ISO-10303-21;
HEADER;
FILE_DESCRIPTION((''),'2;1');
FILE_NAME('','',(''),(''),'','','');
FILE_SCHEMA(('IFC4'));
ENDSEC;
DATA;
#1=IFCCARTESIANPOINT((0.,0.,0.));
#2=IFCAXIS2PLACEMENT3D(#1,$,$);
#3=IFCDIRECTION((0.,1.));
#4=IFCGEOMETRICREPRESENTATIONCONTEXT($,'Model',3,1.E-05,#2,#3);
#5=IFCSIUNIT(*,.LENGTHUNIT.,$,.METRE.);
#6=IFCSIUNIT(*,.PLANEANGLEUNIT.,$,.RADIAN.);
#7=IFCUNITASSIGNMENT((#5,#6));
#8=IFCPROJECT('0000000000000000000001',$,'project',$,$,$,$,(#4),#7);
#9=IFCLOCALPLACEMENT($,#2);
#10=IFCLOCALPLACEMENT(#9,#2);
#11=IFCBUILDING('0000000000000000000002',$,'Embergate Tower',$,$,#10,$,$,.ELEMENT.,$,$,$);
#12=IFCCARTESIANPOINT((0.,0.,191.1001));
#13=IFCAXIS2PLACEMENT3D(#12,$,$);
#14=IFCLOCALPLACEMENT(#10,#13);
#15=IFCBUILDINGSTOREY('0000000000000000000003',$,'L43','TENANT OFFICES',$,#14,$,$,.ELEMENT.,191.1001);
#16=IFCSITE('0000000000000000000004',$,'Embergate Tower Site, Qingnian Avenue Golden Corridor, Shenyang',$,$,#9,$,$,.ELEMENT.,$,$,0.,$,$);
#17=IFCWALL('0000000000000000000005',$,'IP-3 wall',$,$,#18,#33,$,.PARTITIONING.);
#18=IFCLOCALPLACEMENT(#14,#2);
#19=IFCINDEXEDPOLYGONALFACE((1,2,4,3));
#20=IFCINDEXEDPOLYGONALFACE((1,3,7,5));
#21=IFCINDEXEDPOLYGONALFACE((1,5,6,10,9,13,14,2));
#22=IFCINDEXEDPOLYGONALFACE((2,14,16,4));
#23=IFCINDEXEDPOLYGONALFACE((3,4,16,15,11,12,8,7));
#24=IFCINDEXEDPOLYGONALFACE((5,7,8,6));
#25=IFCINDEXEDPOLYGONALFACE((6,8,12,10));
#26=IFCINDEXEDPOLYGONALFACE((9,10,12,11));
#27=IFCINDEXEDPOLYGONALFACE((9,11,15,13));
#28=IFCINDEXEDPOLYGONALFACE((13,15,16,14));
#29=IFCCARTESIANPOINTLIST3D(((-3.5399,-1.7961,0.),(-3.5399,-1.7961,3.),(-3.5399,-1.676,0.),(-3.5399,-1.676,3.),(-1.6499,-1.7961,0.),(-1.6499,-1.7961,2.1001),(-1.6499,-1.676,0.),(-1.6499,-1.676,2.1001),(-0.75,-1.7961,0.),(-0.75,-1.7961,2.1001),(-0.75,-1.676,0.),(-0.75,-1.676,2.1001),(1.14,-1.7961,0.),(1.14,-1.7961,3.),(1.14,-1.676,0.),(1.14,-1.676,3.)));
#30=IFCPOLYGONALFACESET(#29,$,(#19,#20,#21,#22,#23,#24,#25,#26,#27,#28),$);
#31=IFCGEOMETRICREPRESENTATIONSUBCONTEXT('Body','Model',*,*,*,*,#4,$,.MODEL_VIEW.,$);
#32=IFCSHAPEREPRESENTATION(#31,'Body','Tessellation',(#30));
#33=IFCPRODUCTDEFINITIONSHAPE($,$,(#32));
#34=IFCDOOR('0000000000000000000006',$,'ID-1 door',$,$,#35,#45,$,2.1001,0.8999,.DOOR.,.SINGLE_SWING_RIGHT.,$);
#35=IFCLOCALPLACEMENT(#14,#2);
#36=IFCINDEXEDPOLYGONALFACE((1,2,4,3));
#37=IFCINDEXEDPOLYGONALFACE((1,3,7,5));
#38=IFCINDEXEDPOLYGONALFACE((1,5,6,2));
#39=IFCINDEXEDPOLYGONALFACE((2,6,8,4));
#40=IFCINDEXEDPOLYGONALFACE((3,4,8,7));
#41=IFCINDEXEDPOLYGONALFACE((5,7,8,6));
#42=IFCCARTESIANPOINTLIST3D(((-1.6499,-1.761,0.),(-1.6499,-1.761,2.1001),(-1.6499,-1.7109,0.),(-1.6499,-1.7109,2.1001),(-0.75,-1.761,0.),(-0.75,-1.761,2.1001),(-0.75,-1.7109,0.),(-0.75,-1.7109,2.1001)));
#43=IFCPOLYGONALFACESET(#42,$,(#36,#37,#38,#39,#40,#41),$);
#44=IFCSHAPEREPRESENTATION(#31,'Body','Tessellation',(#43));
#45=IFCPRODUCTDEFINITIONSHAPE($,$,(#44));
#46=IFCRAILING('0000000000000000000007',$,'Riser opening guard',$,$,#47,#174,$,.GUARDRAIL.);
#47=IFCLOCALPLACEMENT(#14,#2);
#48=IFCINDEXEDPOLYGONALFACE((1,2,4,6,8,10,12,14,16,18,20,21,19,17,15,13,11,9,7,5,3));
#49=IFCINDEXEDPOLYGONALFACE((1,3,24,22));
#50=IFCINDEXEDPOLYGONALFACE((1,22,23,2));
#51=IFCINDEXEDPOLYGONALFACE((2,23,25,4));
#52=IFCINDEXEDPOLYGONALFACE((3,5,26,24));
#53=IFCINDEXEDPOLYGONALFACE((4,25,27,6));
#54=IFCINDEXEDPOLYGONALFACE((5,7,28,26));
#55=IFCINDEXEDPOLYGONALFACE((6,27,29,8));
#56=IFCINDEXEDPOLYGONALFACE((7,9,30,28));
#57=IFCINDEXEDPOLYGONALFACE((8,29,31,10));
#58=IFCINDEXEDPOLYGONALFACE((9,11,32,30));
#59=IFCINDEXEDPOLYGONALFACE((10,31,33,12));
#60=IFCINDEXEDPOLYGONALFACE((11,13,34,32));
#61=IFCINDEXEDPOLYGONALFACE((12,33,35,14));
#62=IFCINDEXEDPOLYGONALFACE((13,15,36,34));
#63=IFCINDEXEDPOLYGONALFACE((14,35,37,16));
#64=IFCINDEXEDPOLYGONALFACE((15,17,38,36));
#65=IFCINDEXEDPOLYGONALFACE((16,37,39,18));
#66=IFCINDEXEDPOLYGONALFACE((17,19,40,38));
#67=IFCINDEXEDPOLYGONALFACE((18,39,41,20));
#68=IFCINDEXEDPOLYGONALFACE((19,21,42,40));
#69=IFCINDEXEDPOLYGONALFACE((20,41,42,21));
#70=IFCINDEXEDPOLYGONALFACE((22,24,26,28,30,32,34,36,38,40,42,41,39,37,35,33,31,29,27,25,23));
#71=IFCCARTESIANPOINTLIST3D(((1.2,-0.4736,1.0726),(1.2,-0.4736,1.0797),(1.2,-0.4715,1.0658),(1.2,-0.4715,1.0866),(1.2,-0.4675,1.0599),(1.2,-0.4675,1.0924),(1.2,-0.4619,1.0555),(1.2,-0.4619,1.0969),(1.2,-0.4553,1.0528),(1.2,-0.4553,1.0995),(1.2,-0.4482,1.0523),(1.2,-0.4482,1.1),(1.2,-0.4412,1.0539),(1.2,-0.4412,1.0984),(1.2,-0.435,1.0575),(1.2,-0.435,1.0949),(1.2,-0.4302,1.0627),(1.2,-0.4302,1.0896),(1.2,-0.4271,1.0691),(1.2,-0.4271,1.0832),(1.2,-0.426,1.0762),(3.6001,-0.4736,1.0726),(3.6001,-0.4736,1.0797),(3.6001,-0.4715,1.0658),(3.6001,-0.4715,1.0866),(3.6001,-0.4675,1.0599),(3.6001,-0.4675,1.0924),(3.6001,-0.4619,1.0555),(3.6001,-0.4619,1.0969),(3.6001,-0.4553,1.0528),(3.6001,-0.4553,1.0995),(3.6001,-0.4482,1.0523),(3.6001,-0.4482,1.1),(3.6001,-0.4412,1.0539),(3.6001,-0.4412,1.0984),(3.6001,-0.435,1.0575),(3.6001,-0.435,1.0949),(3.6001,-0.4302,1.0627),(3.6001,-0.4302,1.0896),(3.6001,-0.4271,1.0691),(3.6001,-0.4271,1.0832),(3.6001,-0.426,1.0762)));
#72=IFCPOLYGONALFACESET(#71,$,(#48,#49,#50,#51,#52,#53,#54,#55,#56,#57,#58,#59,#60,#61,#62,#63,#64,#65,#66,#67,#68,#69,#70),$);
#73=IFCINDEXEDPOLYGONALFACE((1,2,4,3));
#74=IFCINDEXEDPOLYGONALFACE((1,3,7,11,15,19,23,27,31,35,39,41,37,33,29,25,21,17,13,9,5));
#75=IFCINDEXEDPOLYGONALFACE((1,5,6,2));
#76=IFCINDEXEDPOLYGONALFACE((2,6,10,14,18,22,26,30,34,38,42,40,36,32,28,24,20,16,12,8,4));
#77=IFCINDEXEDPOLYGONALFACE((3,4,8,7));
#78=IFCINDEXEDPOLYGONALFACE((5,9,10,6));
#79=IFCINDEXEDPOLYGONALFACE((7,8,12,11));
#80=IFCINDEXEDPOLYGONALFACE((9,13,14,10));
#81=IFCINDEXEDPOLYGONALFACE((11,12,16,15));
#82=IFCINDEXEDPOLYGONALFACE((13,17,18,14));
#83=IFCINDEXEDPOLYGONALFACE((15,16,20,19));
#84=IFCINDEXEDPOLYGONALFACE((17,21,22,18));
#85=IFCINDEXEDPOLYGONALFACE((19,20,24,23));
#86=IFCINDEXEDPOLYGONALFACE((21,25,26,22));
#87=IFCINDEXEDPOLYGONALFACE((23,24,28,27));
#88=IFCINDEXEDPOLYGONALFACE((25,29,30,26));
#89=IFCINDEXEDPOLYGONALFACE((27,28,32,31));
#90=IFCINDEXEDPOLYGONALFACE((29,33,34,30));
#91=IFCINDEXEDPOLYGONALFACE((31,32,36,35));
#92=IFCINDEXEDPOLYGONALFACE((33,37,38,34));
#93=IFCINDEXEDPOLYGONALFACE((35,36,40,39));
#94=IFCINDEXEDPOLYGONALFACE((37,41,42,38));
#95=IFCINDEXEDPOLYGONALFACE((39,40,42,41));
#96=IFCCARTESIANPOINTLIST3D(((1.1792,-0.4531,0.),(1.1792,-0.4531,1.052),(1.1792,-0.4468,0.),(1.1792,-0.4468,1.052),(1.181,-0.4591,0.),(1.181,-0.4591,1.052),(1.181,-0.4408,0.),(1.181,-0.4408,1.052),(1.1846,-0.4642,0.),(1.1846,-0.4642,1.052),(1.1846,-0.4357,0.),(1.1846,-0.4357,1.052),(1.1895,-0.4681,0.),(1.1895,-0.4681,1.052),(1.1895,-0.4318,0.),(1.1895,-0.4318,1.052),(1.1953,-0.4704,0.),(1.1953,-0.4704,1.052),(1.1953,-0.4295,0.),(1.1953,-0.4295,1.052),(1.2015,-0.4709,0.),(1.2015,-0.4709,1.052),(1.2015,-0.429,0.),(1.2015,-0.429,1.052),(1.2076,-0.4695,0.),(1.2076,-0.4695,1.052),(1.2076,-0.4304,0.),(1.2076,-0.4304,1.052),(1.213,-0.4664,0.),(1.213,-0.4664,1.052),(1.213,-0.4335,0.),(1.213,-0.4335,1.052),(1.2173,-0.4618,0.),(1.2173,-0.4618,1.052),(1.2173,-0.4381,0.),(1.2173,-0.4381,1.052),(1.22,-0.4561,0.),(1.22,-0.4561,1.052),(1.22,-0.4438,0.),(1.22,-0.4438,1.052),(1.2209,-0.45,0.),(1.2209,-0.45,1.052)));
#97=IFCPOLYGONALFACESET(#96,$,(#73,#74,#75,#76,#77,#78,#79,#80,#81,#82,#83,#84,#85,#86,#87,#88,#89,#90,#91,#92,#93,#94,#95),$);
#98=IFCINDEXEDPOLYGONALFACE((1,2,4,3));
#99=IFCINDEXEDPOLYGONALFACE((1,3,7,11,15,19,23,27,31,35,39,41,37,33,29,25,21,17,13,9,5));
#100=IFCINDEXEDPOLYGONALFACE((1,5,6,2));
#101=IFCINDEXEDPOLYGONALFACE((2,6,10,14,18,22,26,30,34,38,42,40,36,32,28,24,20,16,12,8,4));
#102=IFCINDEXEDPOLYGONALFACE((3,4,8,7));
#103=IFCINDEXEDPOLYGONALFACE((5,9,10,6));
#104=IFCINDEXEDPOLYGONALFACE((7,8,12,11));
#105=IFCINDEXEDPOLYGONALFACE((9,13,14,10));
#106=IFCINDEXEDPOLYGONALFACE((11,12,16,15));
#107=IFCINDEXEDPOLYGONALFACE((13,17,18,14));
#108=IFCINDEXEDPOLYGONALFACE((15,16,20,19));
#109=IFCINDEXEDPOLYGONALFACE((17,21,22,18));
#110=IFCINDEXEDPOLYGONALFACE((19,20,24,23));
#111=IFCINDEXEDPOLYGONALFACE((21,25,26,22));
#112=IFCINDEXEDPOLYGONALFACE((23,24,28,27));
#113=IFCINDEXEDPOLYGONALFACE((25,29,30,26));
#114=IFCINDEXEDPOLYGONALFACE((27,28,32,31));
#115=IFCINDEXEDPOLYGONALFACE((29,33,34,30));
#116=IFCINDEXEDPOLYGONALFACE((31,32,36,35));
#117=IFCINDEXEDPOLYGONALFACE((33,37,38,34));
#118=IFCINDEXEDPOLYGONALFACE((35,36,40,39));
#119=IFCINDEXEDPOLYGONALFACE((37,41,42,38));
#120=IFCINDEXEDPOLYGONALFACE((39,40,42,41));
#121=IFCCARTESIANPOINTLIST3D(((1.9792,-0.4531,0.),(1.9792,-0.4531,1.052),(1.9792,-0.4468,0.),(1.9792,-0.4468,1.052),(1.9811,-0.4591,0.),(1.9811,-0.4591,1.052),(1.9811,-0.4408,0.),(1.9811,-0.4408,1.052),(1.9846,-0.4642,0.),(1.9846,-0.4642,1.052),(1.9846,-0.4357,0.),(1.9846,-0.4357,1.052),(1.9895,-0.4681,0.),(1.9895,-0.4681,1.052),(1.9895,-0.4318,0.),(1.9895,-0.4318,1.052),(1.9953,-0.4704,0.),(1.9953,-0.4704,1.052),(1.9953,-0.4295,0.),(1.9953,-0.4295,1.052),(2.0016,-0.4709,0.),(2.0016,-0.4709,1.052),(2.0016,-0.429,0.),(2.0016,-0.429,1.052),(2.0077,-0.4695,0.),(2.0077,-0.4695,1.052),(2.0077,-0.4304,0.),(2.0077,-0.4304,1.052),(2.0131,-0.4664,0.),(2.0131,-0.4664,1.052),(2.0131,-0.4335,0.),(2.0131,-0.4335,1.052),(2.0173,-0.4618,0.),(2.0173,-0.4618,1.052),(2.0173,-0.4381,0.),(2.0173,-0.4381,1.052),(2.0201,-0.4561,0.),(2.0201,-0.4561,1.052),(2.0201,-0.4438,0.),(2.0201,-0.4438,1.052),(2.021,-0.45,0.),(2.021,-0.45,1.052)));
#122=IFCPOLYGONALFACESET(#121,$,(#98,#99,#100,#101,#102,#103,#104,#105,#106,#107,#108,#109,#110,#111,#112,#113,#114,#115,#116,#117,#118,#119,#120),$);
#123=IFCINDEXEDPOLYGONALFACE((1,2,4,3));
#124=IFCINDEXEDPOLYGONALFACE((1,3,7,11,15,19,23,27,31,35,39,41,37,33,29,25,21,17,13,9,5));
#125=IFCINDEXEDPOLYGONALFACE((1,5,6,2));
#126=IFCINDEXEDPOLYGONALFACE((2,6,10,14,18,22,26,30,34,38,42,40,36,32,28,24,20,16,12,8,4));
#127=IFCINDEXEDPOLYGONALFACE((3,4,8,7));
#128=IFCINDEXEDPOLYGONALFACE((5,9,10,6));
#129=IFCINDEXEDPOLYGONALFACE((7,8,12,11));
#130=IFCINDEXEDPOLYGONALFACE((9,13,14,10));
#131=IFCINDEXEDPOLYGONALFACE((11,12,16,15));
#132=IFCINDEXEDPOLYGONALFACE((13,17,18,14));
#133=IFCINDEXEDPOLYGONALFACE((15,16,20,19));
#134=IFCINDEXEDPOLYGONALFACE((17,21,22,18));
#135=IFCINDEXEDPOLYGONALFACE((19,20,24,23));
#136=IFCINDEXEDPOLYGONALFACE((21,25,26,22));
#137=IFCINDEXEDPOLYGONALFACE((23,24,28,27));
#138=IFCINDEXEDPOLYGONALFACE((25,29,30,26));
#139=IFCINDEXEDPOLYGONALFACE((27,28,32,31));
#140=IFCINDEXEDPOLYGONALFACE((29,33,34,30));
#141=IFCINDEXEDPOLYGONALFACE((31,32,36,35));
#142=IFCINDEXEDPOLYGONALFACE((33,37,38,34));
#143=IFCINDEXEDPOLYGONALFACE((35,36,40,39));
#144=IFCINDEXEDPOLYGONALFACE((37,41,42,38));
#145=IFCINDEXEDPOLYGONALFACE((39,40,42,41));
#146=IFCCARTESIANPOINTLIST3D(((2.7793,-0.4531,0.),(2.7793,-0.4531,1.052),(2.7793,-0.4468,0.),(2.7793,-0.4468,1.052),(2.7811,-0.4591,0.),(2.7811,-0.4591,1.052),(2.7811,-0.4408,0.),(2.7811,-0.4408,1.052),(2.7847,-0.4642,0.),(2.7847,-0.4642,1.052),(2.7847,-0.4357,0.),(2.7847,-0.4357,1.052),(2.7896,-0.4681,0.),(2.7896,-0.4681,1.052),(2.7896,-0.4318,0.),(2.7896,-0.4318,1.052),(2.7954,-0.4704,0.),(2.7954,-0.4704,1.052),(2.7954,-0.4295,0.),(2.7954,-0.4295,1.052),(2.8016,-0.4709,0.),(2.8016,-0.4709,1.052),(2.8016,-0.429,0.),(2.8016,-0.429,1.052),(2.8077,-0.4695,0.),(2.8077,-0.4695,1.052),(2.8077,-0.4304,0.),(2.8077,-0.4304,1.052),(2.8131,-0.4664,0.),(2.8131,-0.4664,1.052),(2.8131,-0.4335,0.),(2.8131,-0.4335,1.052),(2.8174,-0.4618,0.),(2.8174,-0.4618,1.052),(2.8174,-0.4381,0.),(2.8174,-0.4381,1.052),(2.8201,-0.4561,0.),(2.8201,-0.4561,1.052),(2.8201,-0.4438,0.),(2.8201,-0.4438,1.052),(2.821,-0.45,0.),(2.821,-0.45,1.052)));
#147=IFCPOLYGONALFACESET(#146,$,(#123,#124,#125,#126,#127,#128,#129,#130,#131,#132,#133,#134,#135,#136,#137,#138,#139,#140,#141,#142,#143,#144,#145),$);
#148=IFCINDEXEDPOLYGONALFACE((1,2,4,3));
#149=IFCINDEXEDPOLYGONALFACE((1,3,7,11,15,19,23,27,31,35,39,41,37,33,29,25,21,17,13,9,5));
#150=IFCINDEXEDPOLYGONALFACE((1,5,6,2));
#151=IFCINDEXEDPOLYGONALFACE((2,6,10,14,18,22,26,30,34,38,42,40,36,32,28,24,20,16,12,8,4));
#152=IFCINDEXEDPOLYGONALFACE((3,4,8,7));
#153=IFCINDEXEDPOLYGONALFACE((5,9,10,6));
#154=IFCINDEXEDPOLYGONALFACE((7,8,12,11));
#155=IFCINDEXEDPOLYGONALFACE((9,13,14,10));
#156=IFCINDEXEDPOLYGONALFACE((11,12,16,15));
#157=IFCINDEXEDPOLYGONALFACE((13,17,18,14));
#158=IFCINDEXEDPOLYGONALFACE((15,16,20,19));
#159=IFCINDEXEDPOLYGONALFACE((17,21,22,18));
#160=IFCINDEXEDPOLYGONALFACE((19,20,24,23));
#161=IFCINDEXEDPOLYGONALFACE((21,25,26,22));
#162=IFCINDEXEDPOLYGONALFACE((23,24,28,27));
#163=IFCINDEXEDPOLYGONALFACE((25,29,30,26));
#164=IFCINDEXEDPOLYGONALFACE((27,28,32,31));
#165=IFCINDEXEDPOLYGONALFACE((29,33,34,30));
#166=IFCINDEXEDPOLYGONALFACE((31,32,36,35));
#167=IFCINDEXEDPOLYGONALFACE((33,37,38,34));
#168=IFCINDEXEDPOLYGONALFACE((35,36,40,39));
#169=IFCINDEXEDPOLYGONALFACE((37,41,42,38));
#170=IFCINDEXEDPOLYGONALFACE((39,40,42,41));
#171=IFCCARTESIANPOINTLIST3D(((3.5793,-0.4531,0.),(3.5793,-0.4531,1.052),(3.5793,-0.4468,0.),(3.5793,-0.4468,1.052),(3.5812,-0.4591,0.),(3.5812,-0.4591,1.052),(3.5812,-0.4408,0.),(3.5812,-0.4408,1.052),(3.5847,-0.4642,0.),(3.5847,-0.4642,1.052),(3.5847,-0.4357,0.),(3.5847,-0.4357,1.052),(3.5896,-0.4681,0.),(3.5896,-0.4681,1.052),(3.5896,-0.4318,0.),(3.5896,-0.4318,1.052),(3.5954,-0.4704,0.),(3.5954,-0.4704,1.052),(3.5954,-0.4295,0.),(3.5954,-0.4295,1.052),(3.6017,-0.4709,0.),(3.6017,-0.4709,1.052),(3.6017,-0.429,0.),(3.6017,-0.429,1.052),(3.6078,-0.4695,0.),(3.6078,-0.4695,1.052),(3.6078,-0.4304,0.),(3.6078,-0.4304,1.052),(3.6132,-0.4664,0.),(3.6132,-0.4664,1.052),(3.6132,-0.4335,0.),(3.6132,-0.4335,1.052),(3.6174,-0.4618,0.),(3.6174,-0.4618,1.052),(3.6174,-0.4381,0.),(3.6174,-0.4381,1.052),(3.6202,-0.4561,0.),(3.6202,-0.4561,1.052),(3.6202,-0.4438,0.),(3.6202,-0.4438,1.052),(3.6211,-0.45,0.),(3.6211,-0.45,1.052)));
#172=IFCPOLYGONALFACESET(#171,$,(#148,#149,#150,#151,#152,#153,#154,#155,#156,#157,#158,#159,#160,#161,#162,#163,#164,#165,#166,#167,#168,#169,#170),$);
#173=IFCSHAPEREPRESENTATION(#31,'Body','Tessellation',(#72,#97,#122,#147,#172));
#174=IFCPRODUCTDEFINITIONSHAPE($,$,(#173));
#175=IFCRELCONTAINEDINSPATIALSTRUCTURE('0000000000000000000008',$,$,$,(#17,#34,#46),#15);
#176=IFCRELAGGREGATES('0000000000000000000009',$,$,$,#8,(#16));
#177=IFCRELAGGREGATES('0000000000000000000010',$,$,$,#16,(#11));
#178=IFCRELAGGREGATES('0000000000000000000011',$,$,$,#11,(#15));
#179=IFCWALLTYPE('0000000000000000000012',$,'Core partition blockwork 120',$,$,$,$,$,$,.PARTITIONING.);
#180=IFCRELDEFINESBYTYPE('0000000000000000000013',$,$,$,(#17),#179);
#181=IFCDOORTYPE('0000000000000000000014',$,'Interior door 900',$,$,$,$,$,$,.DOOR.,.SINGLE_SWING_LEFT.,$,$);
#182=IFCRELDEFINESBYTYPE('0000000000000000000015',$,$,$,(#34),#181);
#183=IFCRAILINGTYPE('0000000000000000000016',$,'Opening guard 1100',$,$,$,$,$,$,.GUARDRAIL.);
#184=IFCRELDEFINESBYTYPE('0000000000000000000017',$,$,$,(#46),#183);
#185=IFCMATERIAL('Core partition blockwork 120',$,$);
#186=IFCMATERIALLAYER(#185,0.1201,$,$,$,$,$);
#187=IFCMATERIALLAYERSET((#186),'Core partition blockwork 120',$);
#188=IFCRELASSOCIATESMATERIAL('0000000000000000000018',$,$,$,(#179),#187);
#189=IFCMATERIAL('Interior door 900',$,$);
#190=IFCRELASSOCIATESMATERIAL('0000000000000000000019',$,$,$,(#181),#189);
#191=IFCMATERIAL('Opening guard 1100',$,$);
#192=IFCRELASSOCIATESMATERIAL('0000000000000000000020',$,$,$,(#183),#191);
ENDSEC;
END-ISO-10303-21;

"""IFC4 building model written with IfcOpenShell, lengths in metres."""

from ifc_helpers import new_model, si_unit, direction, frame, frame_2d, origin, origin_2d, place, context, subcontext, project, spatial, rectangle, circle, extrude, source, transform, mapped, material, layer, layer_set, type_object, element, fill, save


model = new_model("IFC4")

# Units and contexts
model_context = context("Model", 3, precision=1e-05, world=origin(), true_north=direction((0.0, 1.0)))
body_context = subcontext(model_context, "Body", "Model", "MODEL_VIEW")
ifc_project = project(units=[si_unit("LENGTHUNIT", "METRE"), si_unit("PLANEANGLEUNIT", "RADIAN")], contexts=[model_context])

# Site, building, storey
site_placement = place(None, origin())
site = spatial("IfcSite", under=ifc_project, at=site_placement, Name="Embergate Tower Site, Qingnian Avenue Golden Corridor, Shenyang", CompositionType="ELEMENT", RefElevation=0.0)
building_placement = place(site_placement, origin())
building = spatial("IfcBuilding", under=site, at=building_placement, Name="Embergate Tower", CompositionType="ELEMENT")
storey_placement = place(building_placement, frame((0.0, 0.0, 191.1001)))
storey = spatial("IfcBuildingStorey", under=building, at=storey_placement, Name="L43", Description="TENANT OFFICES", CompositionType="ELEMENT", Elevation=191.1001)

# Shared definitions
ifc_material_1 = material(Name="Core partition blockwork 120")
ifc_layer_1 = layer(ifc_material_1, 0.1201)
ifc_layer_set_1 = layer_set([ifc_layer_1], Name="Core partition blockwork 120")
wall_type_1 = type_object("IfcWallType", Name="Core partition blockwork 120", PredefinedType="PARTITIONING", material=ifc_layer_set_1)

# Wall, opening, door
shared_shape_1 = source(origin(), body_context, "Body", "SweptSolid", [
    extrude(rectangle(XDim=0.8999, YDim=2.1001, at=frame_2d((0.45, 1.05))), frame((0.0, 0.0701, 0.0), z_axis=(0.0, -1.0, 0.0), x_axis=(1.0, 0.0, 0.0)), (0.0, 0.0, 1.0), 0.1401),
])
ifc_material_2 = material(Name="Interior door 900")
door_type_1 = type_object("IfcDoorType", Name="Interior door 900", OperationType="SINGLE_SWING_LEFT", PredefinedType="DOOR", material=ifc_material_2)
shared_shape_2 = source(origin(), body_context, "Body", "SweptSolid", [
    extrude(rectangle(XDim=0.8999, YDim=2.1001, at=frame_2d((0.45, 1.05))), frame((0.0, 0.0249, 0.0), z_axis=(0.0, -1.0, 0.0), x_axis=(1.0, 0.0, 0.0)), (0.0, 0.0, 1.0), 0.05),
])
shared_shape_3 = source(origin(), body_context, "Body", "SweptSolid", [
    extrude(rectangle(XDim=4.6799, YDim=0.1201, at=frame_2d((2.3398, 0.0))), origin(), (0.0, 0.0, 1.0), 3.0),
])
wall_1_placement = place(storey_placement, frame((1.1399, -1.7361, 0.0), z_axis=(0.0, 0.0, 1.0), x_axis=(-1.0, 0.0, 0.0)))
wall_1 = element("IfcWall", 1, at=wall_1_placement, inside=storey, type_object=wall_type_1, Name="IP-3 wall", PredefinedType="PARTITIONING", context=body_context, shape_type="MappedRepresentation", body=[
    mapped(shared_shape_3, transform((0.0, 0.0, 0.0))),
])
opening_1_placement = place(wall_1_placement, frame((1.8899, 0.0, 0.0)))
opening_1 = element("IfcOpeningElement", 2, at=opening_1_placement, cuts=wall_1, PredefinedType="OPENING", context=body_context, shape_type="MappedRepresentation", body=[
    mapped(shared_shape_1, transform((0.0, 0.0, 0.0))),
])
door_1_placement = place(opening_1_placement, origin())
door_1 = element("IfcDoor", 3, at=door_1_placement, inside=storey, type_object=door_type_1, Name="ID-1 door", OperationType="SINGLE_SWING_RIGHT", OverallHeight=2.1001, OverallWidth=0.8999, PredefinedType="DOOR", context=body_context, shape_type="MappedRepresentation", body=[
    mapped(shared_shape_2, transform((0.0, 0.0, 0.0))),
])
fill(opening_1, door_1)

# Railing
ifc_material_3 = material(Name="Opening guard 1100")
railing_type_1 = type_object("IfcRailingType", Name="Opening guard 1100", PredefinedType="GUARDRAIL", material=ifc_material_3)
shared_shape_4 = source(origin(), body_context, "Body", "SweptSolid", [
    extrude(circle(Radius=0.0239, at=origin_2d()), frame((0.0, 0.0, 1.0762), z_axis=(1.0, 0.0, 0.0), x_axis=(0.0, 1.0, 0.0)), (0.0, 0.0, 1.0), 2.4001),
    extrude(circle(Radius=0.021, at=origin_2d()), origin(), (0.0, 0.0, 1.0), 1.052),
    extrude(circle(Radius=0.021, at=origin_2d()), frame((0.8, 0.0, 0.0)), (0.0, 0.0, 1.0), 1.052),
    extrude(circle(Radius=0.021, at=origin_2d()), frame((1.6001, 0.0, 0.0)), (0.0, 0.0, 1.0), 1.052),
    extrude(circle(Radius=0.021, at=origin_2d()), frame((2.4001, 0.0, 0.0)), (0.0, 0.0, 1.0), 1.052),
])
railing_1_placement = place(storey_placement, frame((1.2, -0.45, 0.0)))
element("IfcRailing", 4, at=railing_1_placement, inside=storey, type_object=railing_type_1, Name="Riser opening guard", PredefinedType="GUARDRAIL", context=body_context, shape_type="MappedRepresentation", body=[
    mapped(shared_shape_4, transform((0.0, 0.0, 0.0))),
])

save(model, "model.ifc")
